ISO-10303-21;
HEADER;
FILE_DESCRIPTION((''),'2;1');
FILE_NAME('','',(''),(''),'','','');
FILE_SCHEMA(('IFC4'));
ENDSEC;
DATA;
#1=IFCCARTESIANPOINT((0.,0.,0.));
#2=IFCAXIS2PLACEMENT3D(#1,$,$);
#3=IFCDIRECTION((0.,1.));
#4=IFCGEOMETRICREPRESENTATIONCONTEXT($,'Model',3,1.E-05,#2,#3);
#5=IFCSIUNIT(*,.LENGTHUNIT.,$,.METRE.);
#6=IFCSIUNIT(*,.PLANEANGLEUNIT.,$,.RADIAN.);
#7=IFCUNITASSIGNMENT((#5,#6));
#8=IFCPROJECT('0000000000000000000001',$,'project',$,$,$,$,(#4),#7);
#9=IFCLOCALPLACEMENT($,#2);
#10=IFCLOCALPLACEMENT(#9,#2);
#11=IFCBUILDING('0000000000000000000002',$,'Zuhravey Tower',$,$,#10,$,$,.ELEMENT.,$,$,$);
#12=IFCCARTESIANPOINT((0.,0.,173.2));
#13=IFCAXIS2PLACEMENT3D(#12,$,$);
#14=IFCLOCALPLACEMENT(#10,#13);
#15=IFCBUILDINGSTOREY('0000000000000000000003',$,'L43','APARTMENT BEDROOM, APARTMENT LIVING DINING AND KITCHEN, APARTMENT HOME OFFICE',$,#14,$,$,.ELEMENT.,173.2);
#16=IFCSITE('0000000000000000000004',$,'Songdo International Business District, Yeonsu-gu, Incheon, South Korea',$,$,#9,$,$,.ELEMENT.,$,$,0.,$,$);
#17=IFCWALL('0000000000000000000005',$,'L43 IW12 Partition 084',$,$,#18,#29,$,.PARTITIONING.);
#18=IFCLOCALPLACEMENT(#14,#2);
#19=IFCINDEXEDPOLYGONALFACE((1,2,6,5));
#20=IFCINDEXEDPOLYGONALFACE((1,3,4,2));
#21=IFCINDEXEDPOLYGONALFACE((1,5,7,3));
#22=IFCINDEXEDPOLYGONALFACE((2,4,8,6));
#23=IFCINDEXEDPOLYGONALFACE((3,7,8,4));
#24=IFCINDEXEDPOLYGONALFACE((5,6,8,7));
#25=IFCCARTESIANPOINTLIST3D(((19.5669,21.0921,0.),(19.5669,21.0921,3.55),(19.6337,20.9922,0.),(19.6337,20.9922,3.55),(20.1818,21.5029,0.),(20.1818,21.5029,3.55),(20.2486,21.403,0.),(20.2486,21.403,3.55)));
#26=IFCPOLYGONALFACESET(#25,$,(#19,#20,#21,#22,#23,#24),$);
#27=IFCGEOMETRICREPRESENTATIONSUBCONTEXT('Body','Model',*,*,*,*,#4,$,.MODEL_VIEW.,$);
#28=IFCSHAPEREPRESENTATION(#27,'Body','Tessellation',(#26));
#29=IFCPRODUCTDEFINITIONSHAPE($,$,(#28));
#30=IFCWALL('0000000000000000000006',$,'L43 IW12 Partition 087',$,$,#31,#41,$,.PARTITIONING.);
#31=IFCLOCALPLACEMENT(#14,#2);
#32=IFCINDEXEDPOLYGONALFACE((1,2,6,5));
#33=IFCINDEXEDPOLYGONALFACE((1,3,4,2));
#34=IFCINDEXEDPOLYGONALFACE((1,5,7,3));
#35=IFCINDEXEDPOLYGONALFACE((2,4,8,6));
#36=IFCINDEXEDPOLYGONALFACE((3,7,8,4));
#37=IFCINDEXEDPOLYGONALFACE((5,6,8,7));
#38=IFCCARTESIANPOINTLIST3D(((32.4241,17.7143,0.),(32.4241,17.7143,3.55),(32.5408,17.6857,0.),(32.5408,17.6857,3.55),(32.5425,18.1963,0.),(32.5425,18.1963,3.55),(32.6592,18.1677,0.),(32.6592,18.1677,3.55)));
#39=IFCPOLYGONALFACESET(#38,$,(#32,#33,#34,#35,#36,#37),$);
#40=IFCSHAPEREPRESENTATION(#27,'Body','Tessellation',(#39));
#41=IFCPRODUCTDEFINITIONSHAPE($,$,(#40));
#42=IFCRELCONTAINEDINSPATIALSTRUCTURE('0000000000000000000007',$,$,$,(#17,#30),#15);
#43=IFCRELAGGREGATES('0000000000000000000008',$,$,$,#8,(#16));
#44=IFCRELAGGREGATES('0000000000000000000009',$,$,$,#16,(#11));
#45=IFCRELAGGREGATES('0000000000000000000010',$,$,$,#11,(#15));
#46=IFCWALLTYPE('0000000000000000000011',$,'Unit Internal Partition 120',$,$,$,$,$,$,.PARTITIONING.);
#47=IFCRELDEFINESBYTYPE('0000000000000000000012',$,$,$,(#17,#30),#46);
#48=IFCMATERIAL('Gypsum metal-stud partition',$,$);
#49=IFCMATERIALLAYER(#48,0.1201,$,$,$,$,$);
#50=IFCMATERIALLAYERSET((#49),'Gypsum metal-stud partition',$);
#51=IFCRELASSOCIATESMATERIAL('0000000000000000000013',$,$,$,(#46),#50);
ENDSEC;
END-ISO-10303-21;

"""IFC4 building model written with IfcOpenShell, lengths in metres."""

from ifc_helpers import new_model, si_unit, direction, frame, frame_2d, origin, place, context, subcontext, project, spatial, rectangle, extrude, material, layer, layer_set, type_object, element, save


model = new_model("IFC4")

# Units and contexts
model_context = context("Model", 3, precision=1e-05, world=origin(), true_north=direction((0.0, 1.0)))
body_context = subcontext(model_context, "Body", "Model", "MODEL_VIEW")
ifc_project = project(units=[si_unit("LENGTHUNIT", "METRE"), si_unit("PLANEANGLEUNIT", "RADIAN")], contexts=[model_context])

# Site, building, storey
site_placement = place(None, origin())
site = spatial("IfcSite", under=ifc_project, at=site_placement, Name="Songdo International Business District, Yeonsu-gu, Incheon, South Korea", CompositionType="ELEMENT", RefElevation=0.0)
building_placement = place(site_placement, origin())
building = spatial("IfcBuilding", under=site, at=building_placement, Name="Zuhravey Tower", CompositionType="ELEMENT")
storey_placement = place(building_placement, frame((0.0, 0.0, 173.2)))
storey = spatial("IfcBuildingStorey", under=building, at=storey_placement, Name="L43", Description="APARTMENT BEDROOM, APARTMENT LIVING DINING AND KITCHEN, APARTMENT HOME OFFICE", CompositionType="ELEMENT", Elevation=173.2)

# Walls
ifc_material_1 = material(Name="Gypsum metal-stud partition")
ifc_layer_1 = layer(ifc_material_1, 0.1201)
ifc_layer_set_1 = layer_set([ifc_layer_1], Name="Gypsum metal-stud partition")
wall_type_1 = type_object("IfcWallType", Name="Unit Internal Partition 120", PredefinedType="PARTITIONING", material=ifc_layer_set_1)
wall_1_placement = place(storey_placement, frame((20.2151, 21.4529, 0.0), z_axis=(0.0, 0.0, 1.0), x_axis=(-0.831491, -0.555538, 0.0)))
element("IfcWall", 1, at=wall_1_placement, inside=storey, type_object=wall_type_1, Name="L43 IW12 Partition 084", PredefinedType="PARTITIONING", context=body_context, shape_type="SweptSolid", body=[
    extrude(rectangle(XDim=0.7395, YDim=0.1201, at=frame_2d((0.3696, 0.0))), origin(), (0.0, 0.0, 1.0), 3.55),
])
wall_2_placement = place(storey_placement, frame((32.6008, 18.1819, 0.0), z_axis=(0.0, 0.0, 1.0), x_axis=(-0.238598, -0.971118, 0.0)))
element("IfcWall", 2, at=wall_2_placement, inside=storey, type_object=wall_type_1, Name="L43 IW12 Partition 087", PredefinedType="PARTITIONING", context=body_context, shape_type="SweptSolid", body=[
    extrude(rectangle(XDim=0.4963, YDim=0.1201, at=frame_2d((0.248, 0.0))), origin(), (0.0, 0.0, 1.0), 3.55),
])

save(model, "model.ifc")
